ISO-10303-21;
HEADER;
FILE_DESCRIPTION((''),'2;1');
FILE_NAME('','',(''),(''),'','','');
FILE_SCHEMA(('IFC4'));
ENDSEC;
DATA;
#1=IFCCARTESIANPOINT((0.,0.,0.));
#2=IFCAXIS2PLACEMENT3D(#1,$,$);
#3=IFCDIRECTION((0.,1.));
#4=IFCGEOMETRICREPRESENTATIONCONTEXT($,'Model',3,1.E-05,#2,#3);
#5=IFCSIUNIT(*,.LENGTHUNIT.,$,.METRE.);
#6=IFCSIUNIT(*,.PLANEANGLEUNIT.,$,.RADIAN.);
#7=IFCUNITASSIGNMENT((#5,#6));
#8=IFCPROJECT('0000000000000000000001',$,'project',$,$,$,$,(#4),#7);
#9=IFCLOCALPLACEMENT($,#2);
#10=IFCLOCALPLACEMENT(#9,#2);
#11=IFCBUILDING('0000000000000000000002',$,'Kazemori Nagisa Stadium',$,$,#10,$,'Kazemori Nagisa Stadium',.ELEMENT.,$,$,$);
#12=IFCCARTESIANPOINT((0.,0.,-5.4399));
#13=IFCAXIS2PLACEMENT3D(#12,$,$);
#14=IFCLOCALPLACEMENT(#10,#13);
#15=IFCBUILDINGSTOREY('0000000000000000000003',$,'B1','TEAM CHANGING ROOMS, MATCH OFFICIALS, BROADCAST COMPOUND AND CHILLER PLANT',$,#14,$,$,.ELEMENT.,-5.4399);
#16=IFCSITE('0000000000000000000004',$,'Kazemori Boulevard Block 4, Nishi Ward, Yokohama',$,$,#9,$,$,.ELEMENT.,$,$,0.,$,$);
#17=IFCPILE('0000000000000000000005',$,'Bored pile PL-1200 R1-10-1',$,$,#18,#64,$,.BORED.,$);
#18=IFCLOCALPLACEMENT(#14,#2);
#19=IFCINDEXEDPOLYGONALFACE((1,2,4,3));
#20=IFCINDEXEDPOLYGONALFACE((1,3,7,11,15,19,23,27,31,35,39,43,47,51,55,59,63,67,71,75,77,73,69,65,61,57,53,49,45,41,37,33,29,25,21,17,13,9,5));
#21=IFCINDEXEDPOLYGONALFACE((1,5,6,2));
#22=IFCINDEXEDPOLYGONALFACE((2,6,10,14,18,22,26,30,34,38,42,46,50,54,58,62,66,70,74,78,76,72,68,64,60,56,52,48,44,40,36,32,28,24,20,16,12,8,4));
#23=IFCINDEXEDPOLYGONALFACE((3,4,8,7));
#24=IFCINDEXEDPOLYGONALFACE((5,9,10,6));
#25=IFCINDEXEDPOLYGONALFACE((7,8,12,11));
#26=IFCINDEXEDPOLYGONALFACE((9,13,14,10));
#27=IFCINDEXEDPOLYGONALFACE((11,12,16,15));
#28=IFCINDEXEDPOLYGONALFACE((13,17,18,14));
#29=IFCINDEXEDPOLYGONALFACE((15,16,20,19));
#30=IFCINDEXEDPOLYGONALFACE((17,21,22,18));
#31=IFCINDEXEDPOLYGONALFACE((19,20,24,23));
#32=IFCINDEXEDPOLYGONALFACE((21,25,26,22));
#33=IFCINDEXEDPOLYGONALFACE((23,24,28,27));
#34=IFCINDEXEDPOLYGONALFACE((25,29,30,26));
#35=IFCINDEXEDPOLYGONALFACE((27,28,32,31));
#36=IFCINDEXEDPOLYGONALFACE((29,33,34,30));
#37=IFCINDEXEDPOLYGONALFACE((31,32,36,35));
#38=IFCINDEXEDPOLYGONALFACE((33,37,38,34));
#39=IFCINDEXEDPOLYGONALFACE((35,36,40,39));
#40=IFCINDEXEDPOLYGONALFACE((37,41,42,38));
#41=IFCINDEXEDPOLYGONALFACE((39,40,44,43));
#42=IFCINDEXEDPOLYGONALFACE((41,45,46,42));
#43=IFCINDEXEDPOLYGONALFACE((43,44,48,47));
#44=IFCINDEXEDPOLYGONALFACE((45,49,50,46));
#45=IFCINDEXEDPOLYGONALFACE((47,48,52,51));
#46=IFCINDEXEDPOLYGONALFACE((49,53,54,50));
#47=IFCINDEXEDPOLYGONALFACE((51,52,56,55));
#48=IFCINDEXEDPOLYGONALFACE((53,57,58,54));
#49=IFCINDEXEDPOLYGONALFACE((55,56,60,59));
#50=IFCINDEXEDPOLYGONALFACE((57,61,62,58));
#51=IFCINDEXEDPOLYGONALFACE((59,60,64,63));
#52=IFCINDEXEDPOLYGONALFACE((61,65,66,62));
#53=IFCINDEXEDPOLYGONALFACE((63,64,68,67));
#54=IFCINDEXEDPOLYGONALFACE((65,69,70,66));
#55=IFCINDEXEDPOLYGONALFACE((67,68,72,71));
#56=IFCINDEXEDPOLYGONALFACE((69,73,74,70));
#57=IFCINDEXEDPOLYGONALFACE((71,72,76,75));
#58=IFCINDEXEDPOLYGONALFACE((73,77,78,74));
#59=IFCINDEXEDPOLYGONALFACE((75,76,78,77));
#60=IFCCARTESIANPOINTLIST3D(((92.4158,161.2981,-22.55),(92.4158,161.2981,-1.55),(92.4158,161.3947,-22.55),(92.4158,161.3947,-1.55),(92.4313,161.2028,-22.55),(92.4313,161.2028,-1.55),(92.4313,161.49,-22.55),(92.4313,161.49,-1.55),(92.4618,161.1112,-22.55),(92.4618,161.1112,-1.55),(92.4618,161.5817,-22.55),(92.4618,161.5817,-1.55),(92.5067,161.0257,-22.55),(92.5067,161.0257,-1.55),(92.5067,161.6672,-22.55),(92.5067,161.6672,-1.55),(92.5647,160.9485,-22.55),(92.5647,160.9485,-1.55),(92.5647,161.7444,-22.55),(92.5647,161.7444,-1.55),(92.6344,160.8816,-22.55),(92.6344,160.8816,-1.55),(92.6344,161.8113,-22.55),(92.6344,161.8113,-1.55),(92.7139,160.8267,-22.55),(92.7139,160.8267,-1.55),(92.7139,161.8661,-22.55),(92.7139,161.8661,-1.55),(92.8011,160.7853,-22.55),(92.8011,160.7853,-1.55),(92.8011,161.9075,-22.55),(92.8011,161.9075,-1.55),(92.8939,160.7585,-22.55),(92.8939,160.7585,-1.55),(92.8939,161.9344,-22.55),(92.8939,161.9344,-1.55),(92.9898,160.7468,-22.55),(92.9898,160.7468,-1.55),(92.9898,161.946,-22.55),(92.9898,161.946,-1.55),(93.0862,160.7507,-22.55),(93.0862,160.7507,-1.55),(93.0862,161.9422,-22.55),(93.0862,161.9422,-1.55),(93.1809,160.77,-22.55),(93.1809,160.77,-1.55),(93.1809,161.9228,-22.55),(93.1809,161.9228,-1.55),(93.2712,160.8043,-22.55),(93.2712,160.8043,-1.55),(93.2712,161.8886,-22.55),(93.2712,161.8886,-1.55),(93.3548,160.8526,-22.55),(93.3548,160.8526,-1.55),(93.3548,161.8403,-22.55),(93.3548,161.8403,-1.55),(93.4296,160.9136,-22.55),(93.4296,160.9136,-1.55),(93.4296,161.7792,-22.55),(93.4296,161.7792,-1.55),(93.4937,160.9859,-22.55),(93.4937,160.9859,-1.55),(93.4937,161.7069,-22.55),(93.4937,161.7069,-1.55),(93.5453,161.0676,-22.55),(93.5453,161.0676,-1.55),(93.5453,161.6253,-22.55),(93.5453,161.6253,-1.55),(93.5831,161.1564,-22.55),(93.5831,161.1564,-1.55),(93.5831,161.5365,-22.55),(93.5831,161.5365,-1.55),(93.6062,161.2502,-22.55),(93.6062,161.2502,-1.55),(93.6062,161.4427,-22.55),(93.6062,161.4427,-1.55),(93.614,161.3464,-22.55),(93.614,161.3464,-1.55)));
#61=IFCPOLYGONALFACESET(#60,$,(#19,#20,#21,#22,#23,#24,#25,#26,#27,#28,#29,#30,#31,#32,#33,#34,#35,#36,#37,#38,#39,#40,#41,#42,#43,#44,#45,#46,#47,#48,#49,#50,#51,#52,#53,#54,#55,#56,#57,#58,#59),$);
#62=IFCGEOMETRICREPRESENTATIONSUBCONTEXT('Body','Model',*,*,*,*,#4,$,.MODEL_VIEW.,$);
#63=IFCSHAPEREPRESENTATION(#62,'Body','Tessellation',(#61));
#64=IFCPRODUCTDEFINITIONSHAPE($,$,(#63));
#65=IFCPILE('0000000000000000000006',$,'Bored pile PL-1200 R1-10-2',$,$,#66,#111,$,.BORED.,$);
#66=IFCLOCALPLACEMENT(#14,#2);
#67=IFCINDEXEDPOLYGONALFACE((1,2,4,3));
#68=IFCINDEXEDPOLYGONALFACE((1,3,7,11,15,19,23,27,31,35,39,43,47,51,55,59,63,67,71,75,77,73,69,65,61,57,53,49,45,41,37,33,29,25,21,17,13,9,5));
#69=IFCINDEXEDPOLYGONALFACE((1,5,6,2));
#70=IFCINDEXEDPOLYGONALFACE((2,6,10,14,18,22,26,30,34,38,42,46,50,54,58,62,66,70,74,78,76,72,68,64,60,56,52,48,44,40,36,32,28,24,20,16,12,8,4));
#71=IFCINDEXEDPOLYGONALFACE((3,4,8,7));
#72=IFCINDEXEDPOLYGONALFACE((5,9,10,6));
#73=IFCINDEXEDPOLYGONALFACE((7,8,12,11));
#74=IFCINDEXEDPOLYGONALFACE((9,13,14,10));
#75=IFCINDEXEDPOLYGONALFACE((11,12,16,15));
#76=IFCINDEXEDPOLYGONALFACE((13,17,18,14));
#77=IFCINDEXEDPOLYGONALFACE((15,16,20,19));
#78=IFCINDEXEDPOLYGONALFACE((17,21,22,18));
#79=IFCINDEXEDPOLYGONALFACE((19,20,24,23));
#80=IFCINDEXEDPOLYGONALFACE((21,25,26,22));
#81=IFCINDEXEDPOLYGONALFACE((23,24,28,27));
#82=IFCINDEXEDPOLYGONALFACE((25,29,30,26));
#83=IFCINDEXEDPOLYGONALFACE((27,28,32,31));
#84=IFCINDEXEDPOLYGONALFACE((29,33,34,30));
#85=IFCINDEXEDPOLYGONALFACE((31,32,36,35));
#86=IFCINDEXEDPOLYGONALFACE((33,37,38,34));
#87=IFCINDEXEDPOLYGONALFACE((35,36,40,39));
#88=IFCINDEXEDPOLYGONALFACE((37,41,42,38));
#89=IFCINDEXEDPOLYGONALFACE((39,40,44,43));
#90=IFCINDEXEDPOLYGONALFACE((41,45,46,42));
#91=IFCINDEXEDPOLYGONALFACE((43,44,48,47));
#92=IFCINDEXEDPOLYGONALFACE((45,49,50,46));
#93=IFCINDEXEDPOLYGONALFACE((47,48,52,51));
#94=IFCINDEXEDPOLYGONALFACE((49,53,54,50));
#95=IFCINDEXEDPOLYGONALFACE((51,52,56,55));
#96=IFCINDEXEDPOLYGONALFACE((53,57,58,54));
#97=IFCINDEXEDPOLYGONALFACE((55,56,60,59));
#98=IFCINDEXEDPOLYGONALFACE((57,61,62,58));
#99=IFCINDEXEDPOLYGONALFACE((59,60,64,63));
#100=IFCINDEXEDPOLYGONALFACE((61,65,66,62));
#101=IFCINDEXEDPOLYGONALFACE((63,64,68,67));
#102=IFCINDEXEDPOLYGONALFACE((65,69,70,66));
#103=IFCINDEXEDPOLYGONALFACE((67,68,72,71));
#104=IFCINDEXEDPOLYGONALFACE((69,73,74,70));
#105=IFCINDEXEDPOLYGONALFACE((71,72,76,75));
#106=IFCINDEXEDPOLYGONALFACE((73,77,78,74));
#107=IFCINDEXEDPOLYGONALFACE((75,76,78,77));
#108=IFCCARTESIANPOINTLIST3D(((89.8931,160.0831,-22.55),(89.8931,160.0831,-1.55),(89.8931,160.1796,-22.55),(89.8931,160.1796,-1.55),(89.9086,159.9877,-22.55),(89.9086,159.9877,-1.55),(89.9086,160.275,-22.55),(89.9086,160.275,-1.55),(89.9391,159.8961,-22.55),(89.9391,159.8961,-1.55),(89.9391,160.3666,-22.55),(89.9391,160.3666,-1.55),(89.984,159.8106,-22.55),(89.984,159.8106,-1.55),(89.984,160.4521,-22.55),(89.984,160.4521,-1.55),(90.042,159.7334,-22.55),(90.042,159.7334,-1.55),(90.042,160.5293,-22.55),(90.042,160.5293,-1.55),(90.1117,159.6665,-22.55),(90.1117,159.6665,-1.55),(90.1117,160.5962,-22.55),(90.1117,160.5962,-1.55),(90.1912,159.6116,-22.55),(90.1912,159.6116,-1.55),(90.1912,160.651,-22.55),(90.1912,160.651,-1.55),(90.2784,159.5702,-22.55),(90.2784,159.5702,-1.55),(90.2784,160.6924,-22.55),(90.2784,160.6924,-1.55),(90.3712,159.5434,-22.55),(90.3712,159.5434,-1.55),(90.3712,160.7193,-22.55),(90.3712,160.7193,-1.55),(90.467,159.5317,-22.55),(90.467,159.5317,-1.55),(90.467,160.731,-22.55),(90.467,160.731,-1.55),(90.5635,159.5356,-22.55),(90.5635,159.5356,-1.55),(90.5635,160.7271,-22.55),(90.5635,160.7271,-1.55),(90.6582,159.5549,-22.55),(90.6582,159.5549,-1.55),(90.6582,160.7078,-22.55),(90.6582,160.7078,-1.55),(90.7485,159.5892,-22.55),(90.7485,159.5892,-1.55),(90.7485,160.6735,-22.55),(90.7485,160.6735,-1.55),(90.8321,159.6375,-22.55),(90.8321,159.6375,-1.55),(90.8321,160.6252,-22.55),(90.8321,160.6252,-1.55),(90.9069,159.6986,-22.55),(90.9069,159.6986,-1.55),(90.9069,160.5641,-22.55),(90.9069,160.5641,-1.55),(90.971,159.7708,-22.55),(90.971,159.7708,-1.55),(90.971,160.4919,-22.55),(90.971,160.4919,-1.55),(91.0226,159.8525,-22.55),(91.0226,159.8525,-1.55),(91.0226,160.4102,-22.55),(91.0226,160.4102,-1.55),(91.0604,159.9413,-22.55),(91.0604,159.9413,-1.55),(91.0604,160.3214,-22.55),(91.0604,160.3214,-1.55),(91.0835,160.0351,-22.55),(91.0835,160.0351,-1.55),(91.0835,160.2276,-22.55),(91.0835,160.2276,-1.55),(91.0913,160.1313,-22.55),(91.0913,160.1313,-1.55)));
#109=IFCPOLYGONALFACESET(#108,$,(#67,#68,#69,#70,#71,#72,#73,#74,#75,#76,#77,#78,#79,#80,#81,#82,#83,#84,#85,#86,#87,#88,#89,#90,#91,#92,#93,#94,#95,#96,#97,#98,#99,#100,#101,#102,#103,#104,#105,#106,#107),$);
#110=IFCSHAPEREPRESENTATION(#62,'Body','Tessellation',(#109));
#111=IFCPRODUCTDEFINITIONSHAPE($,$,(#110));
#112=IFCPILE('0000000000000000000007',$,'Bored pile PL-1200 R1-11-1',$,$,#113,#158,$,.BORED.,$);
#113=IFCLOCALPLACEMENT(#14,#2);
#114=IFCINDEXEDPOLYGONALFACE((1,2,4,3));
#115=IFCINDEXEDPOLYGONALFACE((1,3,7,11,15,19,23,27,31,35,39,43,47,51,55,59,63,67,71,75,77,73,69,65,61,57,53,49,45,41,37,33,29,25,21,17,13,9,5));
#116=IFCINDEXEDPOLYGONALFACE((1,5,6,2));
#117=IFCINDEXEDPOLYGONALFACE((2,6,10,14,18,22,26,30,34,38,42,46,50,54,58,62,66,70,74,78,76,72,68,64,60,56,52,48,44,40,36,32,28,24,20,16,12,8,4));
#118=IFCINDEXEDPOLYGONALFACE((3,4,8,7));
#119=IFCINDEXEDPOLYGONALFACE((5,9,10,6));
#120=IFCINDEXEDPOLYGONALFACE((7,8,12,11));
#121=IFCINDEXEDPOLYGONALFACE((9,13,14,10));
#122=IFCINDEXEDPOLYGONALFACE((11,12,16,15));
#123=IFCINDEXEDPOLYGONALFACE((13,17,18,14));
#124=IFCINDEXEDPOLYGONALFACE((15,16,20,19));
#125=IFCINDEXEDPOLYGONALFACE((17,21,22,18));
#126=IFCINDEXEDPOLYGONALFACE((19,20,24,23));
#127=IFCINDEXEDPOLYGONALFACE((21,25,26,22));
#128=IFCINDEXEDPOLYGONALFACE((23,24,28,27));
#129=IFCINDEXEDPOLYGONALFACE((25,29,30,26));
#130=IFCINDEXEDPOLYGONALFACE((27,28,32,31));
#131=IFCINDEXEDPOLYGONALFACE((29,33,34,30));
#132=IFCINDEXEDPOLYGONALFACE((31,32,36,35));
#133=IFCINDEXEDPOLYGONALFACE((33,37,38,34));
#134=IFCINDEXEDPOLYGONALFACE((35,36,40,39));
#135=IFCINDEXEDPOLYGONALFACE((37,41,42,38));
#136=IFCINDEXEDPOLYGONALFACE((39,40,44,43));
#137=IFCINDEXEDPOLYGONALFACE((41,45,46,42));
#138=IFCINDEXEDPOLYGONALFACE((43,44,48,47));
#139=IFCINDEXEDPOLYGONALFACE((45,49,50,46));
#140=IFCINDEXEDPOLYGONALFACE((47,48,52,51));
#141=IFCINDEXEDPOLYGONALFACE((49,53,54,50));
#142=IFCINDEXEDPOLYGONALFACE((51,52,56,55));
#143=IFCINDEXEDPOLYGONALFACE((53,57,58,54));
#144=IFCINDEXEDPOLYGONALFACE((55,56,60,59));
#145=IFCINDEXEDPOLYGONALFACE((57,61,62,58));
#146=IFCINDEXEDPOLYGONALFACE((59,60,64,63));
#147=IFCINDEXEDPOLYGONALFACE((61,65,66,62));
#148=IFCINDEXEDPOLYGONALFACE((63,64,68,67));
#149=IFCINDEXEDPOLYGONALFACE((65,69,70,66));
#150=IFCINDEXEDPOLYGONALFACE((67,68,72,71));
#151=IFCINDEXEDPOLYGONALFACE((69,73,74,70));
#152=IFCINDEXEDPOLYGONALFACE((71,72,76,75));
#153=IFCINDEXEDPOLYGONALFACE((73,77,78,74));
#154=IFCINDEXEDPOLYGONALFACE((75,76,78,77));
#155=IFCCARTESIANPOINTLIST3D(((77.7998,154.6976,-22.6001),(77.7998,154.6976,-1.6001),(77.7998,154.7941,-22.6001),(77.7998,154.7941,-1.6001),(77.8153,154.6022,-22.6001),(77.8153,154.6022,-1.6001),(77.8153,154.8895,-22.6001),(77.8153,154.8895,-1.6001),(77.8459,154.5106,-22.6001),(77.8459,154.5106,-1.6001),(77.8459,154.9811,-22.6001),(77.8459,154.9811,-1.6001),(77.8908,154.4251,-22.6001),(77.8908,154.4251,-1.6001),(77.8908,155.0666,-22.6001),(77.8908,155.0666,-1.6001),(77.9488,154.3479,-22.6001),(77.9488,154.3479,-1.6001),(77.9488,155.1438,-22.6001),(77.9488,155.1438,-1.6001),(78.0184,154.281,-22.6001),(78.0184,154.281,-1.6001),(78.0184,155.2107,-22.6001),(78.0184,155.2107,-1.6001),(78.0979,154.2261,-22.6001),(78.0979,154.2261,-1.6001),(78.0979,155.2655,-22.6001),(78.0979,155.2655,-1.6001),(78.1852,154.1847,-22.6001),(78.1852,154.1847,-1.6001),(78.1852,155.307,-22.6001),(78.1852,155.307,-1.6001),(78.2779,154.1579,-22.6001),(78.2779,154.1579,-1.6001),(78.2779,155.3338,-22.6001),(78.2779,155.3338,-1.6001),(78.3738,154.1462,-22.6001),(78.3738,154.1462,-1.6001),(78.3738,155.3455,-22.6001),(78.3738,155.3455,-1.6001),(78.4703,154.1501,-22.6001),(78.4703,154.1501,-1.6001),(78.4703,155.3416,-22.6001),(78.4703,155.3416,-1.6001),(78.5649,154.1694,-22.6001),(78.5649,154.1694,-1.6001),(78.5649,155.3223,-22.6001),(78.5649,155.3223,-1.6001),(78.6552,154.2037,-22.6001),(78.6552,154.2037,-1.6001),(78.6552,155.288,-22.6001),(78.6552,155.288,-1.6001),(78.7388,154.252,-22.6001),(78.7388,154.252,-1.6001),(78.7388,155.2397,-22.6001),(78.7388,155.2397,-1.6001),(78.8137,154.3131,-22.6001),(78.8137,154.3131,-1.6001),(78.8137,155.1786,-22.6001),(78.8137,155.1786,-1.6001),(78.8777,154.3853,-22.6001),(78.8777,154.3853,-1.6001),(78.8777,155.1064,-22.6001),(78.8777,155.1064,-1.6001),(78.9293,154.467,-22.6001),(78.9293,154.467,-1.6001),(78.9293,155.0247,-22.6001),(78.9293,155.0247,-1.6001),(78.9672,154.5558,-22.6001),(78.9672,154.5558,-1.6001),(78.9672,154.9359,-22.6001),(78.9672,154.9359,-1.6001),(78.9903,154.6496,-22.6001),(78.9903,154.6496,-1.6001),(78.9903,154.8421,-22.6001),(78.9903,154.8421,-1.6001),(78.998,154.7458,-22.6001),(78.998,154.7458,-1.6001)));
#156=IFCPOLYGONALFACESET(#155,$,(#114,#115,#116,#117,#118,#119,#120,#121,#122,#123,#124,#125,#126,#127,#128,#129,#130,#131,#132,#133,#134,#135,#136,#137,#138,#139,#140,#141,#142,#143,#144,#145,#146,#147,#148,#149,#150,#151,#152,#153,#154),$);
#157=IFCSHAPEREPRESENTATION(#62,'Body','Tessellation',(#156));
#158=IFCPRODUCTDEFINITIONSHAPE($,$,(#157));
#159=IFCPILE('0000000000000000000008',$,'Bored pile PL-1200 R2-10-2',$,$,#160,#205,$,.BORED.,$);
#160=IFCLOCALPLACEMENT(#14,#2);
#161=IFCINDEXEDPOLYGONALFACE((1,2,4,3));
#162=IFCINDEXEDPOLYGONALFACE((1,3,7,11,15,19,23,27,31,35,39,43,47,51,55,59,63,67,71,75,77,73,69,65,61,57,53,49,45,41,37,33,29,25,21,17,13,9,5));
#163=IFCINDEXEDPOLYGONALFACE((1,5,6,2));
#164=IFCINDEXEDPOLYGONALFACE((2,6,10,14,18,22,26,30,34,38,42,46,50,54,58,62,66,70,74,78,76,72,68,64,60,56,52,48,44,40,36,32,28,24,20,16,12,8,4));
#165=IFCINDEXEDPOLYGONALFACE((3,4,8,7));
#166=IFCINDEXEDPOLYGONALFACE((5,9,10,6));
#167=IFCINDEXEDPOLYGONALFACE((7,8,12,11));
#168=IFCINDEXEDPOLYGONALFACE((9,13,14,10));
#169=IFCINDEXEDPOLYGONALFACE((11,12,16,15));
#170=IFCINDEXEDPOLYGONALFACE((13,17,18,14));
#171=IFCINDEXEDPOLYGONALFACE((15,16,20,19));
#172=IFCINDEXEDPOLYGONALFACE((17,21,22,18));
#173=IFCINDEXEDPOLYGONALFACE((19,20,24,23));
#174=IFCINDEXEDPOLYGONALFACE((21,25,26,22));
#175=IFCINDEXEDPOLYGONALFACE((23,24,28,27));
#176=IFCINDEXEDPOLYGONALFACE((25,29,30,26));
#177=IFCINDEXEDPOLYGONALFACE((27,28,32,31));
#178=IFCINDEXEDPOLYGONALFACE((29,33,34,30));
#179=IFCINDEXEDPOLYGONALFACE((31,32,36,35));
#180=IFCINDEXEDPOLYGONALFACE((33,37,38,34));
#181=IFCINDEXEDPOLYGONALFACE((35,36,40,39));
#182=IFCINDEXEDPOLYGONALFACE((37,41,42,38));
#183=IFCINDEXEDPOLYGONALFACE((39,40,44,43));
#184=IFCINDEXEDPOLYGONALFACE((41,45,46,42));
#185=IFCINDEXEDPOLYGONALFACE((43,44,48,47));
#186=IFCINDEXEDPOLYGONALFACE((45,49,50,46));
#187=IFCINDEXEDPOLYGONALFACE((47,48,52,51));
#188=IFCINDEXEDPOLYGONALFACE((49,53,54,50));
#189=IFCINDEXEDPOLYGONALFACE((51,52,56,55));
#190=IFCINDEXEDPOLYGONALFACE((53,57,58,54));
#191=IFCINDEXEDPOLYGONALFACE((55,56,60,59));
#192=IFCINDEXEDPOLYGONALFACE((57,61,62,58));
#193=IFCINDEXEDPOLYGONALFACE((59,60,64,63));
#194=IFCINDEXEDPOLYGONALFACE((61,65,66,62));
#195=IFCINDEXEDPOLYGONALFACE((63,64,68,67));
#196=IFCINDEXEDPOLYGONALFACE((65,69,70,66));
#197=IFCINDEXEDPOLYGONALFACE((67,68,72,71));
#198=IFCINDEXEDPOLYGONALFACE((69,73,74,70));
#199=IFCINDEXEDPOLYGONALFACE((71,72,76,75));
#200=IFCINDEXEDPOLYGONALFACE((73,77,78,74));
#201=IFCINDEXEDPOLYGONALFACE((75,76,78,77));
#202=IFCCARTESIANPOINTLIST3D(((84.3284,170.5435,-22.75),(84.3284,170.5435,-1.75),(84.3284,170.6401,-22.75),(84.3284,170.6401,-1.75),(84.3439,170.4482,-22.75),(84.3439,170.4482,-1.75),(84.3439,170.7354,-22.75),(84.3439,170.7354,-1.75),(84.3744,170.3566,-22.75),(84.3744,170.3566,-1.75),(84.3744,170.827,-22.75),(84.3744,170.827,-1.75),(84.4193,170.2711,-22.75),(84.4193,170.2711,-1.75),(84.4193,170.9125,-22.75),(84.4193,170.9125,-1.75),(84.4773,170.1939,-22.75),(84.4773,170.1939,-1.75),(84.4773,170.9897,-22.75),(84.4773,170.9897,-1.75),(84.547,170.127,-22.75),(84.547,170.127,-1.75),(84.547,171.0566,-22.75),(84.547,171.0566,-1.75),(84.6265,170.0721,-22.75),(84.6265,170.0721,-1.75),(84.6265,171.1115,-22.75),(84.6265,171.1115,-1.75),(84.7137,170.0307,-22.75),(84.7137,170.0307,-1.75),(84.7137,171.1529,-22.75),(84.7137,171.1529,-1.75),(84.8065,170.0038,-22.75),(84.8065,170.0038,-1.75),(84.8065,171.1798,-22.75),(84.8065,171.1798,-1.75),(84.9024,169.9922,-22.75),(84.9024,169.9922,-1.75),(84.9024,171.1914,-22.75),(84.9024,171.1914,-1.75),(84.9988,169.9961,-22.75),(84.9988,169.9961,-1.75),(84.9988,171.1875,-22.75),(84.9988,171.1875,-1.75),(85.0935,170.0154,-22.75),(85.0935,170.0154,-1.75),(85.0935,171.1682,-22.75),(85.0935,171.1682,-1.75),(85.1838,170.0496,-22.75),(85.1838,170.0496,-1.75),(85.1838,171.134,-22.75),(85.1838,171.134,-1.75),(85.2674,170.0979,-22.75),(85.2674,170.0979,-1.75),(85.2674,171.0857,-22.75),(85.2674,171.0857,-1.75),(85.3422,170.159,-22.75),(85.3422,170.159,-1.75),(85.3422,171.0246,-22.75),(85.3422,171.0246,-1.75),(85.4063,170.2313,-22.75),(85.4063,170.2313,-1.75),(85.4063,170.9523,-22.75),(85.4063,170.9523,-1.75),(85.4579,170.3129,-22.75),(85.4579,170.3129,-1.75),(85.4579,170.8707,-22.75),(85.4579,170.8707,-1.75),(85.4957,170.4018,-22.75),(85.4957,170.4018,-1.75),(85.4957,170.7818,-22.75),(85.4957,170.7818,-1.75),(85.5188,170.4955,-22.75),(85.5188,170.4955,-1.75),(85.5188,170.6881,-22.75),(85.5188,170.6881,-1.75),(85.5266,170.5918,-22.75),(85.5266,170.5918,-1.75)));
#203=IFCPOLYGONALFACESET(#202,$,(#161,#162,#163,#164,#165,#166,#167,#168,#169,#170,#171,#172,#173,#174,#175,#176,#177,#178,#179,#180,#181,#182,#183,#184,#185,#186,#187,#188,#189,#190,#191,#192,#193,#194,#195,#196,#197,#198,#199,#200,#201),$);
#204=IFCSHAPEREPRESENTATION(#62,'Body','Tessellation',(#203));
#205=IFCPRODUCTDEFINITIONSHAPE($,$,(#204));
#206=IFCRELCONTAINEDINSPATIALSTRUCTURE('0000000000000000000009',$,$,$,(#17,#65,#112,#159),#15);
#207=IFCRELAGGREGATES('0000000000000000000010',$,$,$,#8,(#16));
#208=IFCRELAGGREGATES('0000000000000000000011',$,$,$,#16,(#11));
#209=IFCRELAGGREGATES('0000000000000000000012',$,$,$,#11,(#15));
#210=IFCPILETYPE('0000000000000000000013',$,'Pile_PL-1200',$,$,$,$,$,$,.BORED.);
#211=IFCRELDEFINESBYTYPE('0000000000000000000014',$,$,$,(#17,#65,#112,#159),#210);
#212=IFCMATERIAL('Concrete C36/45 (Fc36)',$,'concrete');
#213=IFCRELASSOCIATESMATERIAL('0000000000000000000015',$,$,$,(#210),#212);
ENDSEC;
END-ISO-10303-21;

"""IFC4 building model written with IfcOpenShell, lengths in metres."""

from ifc_helpers import new_model, si_unit, direction, frame, origin, origin_2d, place, context, subcontext, project, spatial, circle, extrude, material, material_profile, profile_set, type_object, element, save


model = new_model("IFC4")

# Units and contexts
model_context = context("Model", 3, precision=1e-05, world=origin(), true_north=direction((0.0, 1.0)))
body_context = subcontext(model_context, "Body", "Model", "MODEL_VIEW")
ifc_project = project(units=[si_unit("LENGTHUNIT", "METRE"), si_unit("PLANEANGLEUNIT", "RADIAN")], contexts=[model_context])

# Site, building, storey
site_placement = place(None, origin())
site = spatial("IfcSite", under=ifc_project, at=site_placement, Name="Kazemori Boulevard Block 4, Nishi Ward, Yokohama", CompositionType="ELEMENT", RefElevation=0.0)
building_placement = place(site_placement, origin())
building = spatial("IfcBuilding", under=site, at=building_placement, Name="Kazemori Nagisa Stadium", LongName="Kazemori Nagisa Stadium", CompositionType="ELEMENT")
storey_placement = place(building_placement, frame((0.0, 0.0, -5.4399)))
storey = spatial("IfcBuildingStorey", under=building, at=storey_placement, Name="B1", Description="TEAM CHANGING ROOMS, MATCH OFFICIALS, BROADCAST COMPOUND AND CHILLER PLANT", CompositionType="ELEMENT", Elevation=-5.4399)

# Piles
ifc_material_1 = material(Name="Concrete C36/45 (Fc36)", Category="concrete")
ifc_material_profile_1 = material_profile(ifc_material_1, circle(Radius=0.6001, at=origin_2d()), Name="PILE-D1200")
ifc_profile_set_1 = profile_set([ifc_material_profile_1], Name="Concrete C36/45 (Fc36)")
pile_type = type_object("IfcPileType", Name="Pile_PL-1200", PredefinedType="BORED", material=ifc_profile_set_1)
for number, where, z_axis, x_axis, name in (
    (1, (93.0139, 161.3464, -1.55), (0.0, 0.0, -1.0), (1.0, 0.0, 0.0), "Bored pile PL-1200 R1-10-1"),
    (2, (90.4912, 160.1313, -1.55), (0.0, 0.0, -1.0), (1.0, 0.0, 0.0), "Bored pile PL-1200 R1-10-2"),
    (3, (78.3979, 154.7458, -1.6001), (0.0, 0.0, -1.0), (1.0, 0.0, 0.0), "Bored pile PL-1200 R1-11-1"),
    (4, (84.9265, 170.5918, -1.75), (0.0, 0.0, -1.0), (1.0, 0.0, 0.0), "Bored pile PL-1200 R2-10-2"),
):
    element("IfcPile", number, at=place(storey_placement, frame(where, z_axis=z_axis, x_axis=x_axis)), inside=storey, type_object=pile_type, Name=name, PredefinedType="BORED", context=body_context, shape_type="SweptSolid", body=[
        extrude(circle(Radius=0.6001, at=origin_2d()), origin(), (0.0, 0.0, 1.0), 21.0),
    ])

save(model, "model.ifc")
